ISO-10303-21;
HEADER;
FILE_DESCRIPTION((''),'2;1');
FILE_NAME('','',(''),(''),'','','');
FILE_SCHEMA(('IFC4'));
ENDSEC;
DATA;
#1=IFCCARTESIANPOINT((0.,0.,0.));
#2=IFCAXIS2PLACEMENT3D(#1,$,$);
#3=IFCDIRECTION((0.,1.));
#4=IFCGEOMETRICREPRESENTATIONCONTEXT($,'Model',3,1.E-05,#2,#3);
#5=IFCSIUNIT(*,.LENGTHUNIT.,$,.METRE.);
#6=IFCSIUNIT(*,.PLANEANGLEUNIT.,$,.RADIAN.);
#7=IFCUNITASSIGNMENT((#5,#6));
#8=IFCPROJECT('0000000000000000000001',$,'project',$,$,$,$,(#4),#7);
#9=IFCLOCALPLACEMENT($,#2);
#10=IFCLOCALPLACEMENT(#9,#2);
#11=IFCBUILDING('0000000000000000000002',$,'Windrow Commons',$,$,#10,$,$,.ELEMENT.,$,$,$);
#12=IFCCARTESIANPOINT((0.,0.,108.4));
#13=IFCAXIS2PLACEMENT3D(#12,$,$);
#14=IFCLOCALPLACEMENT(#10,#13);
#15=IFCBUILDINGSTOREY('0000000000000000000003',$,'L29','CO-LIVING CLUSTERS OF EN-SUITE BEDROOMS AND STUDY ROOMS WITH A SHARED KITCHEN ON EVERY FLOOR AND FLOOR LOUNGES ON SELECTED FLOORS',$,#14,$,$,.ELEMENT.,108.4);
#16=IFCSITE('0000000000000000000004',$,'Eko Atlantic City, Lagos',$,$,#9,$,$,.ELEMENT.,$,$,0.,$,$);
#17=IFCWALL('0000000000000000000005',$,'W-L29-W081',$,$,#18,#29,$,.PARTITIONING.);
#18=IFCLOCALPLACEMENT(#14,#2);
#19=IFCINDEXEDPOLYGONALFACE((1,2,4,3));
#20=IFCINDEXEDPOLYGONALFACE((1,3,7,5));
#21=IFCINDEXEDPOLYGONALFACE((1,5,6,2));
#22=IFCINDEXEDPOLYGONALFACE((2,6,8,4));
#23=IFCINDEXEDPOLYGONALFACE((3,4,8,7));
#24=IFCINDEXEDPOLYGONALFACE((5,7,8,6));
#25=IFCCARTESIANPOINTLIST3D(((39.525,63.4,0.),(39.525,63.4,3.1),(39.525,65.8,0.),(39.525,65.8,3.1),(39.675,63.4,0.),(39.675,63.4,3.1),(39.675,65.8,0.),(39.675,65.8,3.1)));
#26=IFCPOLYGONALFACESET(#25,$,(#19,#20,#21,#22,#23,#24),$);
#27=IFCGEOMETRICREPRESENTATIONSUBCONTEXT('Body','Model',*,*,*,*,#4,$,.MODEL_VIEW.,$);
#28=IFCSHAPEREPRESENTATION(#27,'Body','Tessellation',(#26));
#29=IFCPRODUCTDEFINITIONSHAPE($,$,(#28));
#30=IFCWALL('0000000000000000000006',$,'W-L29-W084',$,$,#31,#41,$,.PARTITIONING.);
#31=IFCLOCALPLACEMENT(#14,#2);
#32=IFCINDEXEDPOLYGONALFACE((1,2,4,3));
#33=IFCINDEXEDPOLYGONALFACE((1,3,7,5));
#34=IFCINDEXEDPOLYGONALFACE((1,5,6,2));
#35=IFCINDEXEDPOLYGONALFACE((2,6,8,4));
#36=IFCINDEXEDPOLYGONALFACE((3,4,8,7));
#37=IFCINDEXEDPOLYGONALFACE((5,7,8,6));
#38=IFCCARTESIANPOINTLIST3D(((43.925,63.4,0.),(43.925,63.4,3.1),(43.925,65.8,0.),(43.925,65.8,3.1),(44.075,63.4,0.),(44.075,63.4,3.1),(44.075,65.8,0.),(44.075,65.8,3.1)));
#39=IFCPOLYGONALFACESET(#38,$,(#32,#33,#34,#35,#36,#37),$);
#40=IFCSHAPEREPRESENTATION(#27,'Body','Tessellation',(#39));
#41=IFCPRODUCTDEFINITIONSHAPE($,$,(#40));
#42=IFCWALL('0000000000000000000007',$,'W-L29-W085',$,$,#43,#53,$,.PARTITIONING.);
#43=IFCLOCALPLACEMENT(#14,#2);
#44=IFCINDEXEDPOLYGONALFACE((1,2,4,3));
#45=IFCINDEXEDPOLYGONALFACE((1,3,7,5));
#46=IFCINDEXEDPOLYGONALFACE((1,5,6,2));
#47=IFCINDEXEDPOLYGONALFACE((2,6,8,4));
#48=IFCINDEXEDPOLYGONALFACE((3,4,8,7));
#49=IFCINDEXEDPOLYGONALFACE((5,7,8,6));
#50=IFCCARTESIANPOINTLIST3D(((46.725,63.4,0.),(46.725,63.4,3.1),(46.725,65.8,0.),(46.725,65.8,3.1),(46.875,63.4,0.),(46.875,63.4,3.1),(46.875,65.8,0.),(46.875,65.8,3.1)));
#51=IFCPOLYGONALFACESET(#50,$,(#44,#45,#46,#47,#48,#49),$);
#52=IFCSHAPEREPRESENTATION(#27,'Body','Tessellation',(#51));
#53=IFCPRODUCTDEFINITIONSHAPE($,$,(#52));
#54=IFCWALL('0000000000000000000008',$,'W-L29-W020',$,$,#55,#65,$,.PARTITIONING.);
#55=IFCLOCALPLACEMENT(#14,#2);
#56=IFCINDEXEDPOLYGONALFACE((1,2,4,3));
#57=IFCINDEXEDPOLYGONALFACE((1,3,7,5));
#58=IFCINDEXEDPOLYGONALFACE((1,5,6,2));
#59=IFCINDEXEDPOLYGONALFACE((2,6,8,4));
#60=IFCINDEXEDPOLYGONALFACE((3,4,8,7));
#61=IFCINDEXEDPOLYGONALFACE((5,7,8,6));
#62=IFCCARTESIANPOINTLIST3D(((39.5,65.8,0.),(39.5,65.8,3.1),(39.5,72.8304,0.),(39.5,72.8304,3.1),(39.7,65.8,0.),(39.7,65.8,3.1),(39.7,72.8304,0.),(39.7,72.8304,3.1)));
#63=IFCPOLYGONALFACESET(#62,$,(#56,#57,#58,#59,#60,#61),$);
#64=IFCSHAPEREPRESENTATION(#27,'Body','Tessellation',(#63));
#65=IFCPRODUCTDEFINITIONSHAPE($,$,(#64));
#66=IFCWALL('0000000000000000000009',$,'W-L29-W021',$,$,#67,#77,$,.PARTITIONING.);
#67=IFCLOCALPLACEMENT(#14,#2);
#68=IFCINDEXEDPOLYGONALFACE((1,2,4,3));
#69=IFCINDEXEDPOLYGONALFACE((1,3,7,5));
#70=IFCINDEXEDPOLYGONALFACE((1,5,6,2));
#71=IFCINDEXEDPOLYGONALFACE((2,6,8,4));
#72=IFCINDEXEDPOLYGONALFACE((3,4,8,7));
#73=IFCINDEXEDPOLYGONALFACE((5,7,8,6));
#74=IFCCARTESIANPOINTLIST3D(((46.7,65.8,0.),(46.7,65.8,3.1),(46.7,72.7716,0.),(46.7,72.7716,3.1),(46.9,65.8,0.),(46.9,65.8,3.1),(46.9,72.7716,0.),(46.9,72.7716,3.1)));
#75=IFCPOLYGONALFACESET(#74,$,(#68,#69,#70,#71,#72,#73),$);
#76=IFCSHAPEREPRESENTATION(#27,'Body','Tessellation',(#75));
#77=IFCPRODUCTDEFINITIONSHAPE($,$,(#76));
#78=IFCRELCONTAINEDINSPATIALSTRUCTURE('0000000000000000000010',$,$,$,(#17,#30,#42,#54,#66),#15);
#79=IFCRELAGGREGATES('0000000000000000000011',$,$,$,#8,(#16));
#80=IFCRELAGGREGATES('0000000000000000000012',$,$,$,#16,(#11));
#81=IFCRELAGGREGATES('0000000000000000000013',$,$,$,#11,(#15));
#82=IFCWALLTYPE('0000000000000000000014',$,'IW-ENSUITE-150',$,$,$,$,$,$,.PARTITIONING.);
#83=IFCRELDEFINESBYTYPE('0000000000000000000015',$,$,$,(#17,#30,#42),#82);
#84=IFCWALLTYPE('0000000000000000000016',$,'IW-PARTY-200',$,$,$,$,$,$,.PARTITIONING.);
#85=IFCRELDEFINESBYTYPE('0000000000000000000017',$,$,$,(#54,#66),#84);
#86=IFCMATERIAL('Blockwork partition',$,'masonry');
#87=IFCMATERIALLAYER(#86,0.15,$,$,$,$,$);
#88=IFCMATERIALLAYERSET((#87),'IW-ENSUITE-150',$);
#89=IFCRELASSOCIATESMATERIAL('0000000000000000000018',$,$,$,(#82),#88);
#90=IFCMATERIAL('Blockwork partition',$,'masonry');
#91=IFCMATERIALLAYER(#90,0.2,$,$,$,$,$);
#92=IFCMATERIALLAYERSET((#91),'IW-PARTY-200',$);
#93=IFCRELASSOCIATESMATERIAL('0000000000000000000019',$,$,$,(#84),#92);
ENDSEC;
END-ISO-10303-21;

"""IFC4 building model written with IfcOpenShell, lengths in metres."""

from ifc_helpers import new_model, si_unit, direction, frame, frame_2d, origin, place, context, subcontext, project, spatial, rectangle, extrude, material, layer, layer_set, type_object, element, save


model = new_model("IFC4")

# Units and contexts
model_context = context("Model", 3, precision=1e-05, world=origin(), true_north=direction((0.0, 1.0)))
body_context = subcontext(model_context, "Body", "Model", "MODEL_VIEW")
ifc_project = project(units=[si_unit("LENGTHUNIT", "METRE"), si_unit("PLANEANGLEUNIT", "RADIAN")], contexts=[model_context])

# Site, building, storey
site_placement = place(None, origin())
site = spatial("IfcSite", under=ifc_project, at=site_placement, Name="Eko Atlantic City, Lagos", CompositionType="ELEMENT", RefElevation=0.0)
building_placement = place(site_placement, origin())
building = spatial("IfcBuilding", under=site, at=building_placement, Name="Windrow Commons", CompositionType="ELEMENT")
storey_placement = place(building_placement, frame((0.0, 0.0, 108.4)))
storey = spatial("IfcBuildingStorey", under=building, at=storey_placement, Name="L29", Description="CO-LIVING CLUSTERS OF EN-SUITE BEDROOMS AND STUDY ROOMS WITH A SHARED KITCHEN ON EVERY FLOOR AND FLOOR LOUNGES ON SELECTED FLOORS", CompositionType="ELEMENT", Elevation=108.4)

# Shared definitions
ifc_material_1 = material(Name="Blockwork partition", Category="masonry")
ifc_layer_1 = layer(ifc_material_1, 0.15)
ifc_layer_set_1 = layer_set([ifc_layer_1], Name="IW-ENSUITE-150")
wall_type_1 = type_object("IfcWallType", Name="IW-ENSUITE-150", PredefinedType="PARTITIONING", material=ifc_layer_set_1)

# Walls
for number, where, z_axis, x_axis, name in (
    (1, (39.6, 63.4, 0.0), (0.0, 0.0, 1.0), (0.0, 1.0, 0.0), "W-L29-W081"),
    (2, (44.0, 63.4, 0.0), (0.0, 0.0, 1.0), (0.0, 1.0, 0.0), "W-L29-W084"),
    (3, (46.8, 63.4, 0.0), (0.0, 0.0, 1.0), (0.0, 1.0, 0.0), "W-L29-W085"),
):
    element("IfcWall", number, at=place(storey_placement, frame(where, z_axis=z_axis, x_axis=x_axis)), inside=storey, type_object=wall_type_1, Name=name, PredefinedType="PARTITIONING", context=body_context, shape_type="SweptSolid", body=[
        extrude(rectangle(XDim=2.4, YDim=0.15, at=frame_2d((1.2, 0.0))), origin(), (0.0, 0.0, 1.0), 3.1),
    ])
ifc_material_2 = material(Name="Blockwork partition", Category="masonry")
ifc_layer_2 = layer(ifc_material_2, 0.2)
ifc_layer_set_2 = layer_set([ifc_layer_2], Name="IW-PARTY-200")
wall_type_2 = type_object("IfcWallType", Name="IW-PARTY-200", PredefinedType="PARTITIONING", material=ifc_layer_set_2)
wall_1_placement = place(storey_placement, frame((39.6, 65.8, 0.0), z_axis=(0.0, 0.0, 1.0), x_axis=(0.0, 1.0, 0.0)))
element("IfcWall", 4, at=wall_1_placement, inside=storey, type_object=wall_type_2, Name="W-L29-W020", PredefinedType="PARTITIONING", context=body_context, shape_type="SweptSolid", body=[
    extrude(rectangle(XDim=7.0305, YDim=0.2, at=frame_2d((3.5152, 0.0))), origin(), (0.0, 0.0, 1.0), 3.1),
])
wall_2_placement = place(storey_placement, frame((46.8, 65.8, 0.0), z_axis=(0.0, 0.0, 1.0), x_axis=(0.0, 1.0, 0.0)))
element("IfcWall", 5, at=wall_2_placement, inside=storey, type_object=wall_type_2, Name="W-L29-W021", PredefinedType="PARTITIONING", context=body_context, shape_type="SweptSolid", body=[
    extrude(rectangle(XDim=6.9716, YDim=0.2, at=frame_2d((3.4858, 0.0))), origin(), (0.0, 0.0, 1.0), 3.1),
])

save(model, "model.ifc")
